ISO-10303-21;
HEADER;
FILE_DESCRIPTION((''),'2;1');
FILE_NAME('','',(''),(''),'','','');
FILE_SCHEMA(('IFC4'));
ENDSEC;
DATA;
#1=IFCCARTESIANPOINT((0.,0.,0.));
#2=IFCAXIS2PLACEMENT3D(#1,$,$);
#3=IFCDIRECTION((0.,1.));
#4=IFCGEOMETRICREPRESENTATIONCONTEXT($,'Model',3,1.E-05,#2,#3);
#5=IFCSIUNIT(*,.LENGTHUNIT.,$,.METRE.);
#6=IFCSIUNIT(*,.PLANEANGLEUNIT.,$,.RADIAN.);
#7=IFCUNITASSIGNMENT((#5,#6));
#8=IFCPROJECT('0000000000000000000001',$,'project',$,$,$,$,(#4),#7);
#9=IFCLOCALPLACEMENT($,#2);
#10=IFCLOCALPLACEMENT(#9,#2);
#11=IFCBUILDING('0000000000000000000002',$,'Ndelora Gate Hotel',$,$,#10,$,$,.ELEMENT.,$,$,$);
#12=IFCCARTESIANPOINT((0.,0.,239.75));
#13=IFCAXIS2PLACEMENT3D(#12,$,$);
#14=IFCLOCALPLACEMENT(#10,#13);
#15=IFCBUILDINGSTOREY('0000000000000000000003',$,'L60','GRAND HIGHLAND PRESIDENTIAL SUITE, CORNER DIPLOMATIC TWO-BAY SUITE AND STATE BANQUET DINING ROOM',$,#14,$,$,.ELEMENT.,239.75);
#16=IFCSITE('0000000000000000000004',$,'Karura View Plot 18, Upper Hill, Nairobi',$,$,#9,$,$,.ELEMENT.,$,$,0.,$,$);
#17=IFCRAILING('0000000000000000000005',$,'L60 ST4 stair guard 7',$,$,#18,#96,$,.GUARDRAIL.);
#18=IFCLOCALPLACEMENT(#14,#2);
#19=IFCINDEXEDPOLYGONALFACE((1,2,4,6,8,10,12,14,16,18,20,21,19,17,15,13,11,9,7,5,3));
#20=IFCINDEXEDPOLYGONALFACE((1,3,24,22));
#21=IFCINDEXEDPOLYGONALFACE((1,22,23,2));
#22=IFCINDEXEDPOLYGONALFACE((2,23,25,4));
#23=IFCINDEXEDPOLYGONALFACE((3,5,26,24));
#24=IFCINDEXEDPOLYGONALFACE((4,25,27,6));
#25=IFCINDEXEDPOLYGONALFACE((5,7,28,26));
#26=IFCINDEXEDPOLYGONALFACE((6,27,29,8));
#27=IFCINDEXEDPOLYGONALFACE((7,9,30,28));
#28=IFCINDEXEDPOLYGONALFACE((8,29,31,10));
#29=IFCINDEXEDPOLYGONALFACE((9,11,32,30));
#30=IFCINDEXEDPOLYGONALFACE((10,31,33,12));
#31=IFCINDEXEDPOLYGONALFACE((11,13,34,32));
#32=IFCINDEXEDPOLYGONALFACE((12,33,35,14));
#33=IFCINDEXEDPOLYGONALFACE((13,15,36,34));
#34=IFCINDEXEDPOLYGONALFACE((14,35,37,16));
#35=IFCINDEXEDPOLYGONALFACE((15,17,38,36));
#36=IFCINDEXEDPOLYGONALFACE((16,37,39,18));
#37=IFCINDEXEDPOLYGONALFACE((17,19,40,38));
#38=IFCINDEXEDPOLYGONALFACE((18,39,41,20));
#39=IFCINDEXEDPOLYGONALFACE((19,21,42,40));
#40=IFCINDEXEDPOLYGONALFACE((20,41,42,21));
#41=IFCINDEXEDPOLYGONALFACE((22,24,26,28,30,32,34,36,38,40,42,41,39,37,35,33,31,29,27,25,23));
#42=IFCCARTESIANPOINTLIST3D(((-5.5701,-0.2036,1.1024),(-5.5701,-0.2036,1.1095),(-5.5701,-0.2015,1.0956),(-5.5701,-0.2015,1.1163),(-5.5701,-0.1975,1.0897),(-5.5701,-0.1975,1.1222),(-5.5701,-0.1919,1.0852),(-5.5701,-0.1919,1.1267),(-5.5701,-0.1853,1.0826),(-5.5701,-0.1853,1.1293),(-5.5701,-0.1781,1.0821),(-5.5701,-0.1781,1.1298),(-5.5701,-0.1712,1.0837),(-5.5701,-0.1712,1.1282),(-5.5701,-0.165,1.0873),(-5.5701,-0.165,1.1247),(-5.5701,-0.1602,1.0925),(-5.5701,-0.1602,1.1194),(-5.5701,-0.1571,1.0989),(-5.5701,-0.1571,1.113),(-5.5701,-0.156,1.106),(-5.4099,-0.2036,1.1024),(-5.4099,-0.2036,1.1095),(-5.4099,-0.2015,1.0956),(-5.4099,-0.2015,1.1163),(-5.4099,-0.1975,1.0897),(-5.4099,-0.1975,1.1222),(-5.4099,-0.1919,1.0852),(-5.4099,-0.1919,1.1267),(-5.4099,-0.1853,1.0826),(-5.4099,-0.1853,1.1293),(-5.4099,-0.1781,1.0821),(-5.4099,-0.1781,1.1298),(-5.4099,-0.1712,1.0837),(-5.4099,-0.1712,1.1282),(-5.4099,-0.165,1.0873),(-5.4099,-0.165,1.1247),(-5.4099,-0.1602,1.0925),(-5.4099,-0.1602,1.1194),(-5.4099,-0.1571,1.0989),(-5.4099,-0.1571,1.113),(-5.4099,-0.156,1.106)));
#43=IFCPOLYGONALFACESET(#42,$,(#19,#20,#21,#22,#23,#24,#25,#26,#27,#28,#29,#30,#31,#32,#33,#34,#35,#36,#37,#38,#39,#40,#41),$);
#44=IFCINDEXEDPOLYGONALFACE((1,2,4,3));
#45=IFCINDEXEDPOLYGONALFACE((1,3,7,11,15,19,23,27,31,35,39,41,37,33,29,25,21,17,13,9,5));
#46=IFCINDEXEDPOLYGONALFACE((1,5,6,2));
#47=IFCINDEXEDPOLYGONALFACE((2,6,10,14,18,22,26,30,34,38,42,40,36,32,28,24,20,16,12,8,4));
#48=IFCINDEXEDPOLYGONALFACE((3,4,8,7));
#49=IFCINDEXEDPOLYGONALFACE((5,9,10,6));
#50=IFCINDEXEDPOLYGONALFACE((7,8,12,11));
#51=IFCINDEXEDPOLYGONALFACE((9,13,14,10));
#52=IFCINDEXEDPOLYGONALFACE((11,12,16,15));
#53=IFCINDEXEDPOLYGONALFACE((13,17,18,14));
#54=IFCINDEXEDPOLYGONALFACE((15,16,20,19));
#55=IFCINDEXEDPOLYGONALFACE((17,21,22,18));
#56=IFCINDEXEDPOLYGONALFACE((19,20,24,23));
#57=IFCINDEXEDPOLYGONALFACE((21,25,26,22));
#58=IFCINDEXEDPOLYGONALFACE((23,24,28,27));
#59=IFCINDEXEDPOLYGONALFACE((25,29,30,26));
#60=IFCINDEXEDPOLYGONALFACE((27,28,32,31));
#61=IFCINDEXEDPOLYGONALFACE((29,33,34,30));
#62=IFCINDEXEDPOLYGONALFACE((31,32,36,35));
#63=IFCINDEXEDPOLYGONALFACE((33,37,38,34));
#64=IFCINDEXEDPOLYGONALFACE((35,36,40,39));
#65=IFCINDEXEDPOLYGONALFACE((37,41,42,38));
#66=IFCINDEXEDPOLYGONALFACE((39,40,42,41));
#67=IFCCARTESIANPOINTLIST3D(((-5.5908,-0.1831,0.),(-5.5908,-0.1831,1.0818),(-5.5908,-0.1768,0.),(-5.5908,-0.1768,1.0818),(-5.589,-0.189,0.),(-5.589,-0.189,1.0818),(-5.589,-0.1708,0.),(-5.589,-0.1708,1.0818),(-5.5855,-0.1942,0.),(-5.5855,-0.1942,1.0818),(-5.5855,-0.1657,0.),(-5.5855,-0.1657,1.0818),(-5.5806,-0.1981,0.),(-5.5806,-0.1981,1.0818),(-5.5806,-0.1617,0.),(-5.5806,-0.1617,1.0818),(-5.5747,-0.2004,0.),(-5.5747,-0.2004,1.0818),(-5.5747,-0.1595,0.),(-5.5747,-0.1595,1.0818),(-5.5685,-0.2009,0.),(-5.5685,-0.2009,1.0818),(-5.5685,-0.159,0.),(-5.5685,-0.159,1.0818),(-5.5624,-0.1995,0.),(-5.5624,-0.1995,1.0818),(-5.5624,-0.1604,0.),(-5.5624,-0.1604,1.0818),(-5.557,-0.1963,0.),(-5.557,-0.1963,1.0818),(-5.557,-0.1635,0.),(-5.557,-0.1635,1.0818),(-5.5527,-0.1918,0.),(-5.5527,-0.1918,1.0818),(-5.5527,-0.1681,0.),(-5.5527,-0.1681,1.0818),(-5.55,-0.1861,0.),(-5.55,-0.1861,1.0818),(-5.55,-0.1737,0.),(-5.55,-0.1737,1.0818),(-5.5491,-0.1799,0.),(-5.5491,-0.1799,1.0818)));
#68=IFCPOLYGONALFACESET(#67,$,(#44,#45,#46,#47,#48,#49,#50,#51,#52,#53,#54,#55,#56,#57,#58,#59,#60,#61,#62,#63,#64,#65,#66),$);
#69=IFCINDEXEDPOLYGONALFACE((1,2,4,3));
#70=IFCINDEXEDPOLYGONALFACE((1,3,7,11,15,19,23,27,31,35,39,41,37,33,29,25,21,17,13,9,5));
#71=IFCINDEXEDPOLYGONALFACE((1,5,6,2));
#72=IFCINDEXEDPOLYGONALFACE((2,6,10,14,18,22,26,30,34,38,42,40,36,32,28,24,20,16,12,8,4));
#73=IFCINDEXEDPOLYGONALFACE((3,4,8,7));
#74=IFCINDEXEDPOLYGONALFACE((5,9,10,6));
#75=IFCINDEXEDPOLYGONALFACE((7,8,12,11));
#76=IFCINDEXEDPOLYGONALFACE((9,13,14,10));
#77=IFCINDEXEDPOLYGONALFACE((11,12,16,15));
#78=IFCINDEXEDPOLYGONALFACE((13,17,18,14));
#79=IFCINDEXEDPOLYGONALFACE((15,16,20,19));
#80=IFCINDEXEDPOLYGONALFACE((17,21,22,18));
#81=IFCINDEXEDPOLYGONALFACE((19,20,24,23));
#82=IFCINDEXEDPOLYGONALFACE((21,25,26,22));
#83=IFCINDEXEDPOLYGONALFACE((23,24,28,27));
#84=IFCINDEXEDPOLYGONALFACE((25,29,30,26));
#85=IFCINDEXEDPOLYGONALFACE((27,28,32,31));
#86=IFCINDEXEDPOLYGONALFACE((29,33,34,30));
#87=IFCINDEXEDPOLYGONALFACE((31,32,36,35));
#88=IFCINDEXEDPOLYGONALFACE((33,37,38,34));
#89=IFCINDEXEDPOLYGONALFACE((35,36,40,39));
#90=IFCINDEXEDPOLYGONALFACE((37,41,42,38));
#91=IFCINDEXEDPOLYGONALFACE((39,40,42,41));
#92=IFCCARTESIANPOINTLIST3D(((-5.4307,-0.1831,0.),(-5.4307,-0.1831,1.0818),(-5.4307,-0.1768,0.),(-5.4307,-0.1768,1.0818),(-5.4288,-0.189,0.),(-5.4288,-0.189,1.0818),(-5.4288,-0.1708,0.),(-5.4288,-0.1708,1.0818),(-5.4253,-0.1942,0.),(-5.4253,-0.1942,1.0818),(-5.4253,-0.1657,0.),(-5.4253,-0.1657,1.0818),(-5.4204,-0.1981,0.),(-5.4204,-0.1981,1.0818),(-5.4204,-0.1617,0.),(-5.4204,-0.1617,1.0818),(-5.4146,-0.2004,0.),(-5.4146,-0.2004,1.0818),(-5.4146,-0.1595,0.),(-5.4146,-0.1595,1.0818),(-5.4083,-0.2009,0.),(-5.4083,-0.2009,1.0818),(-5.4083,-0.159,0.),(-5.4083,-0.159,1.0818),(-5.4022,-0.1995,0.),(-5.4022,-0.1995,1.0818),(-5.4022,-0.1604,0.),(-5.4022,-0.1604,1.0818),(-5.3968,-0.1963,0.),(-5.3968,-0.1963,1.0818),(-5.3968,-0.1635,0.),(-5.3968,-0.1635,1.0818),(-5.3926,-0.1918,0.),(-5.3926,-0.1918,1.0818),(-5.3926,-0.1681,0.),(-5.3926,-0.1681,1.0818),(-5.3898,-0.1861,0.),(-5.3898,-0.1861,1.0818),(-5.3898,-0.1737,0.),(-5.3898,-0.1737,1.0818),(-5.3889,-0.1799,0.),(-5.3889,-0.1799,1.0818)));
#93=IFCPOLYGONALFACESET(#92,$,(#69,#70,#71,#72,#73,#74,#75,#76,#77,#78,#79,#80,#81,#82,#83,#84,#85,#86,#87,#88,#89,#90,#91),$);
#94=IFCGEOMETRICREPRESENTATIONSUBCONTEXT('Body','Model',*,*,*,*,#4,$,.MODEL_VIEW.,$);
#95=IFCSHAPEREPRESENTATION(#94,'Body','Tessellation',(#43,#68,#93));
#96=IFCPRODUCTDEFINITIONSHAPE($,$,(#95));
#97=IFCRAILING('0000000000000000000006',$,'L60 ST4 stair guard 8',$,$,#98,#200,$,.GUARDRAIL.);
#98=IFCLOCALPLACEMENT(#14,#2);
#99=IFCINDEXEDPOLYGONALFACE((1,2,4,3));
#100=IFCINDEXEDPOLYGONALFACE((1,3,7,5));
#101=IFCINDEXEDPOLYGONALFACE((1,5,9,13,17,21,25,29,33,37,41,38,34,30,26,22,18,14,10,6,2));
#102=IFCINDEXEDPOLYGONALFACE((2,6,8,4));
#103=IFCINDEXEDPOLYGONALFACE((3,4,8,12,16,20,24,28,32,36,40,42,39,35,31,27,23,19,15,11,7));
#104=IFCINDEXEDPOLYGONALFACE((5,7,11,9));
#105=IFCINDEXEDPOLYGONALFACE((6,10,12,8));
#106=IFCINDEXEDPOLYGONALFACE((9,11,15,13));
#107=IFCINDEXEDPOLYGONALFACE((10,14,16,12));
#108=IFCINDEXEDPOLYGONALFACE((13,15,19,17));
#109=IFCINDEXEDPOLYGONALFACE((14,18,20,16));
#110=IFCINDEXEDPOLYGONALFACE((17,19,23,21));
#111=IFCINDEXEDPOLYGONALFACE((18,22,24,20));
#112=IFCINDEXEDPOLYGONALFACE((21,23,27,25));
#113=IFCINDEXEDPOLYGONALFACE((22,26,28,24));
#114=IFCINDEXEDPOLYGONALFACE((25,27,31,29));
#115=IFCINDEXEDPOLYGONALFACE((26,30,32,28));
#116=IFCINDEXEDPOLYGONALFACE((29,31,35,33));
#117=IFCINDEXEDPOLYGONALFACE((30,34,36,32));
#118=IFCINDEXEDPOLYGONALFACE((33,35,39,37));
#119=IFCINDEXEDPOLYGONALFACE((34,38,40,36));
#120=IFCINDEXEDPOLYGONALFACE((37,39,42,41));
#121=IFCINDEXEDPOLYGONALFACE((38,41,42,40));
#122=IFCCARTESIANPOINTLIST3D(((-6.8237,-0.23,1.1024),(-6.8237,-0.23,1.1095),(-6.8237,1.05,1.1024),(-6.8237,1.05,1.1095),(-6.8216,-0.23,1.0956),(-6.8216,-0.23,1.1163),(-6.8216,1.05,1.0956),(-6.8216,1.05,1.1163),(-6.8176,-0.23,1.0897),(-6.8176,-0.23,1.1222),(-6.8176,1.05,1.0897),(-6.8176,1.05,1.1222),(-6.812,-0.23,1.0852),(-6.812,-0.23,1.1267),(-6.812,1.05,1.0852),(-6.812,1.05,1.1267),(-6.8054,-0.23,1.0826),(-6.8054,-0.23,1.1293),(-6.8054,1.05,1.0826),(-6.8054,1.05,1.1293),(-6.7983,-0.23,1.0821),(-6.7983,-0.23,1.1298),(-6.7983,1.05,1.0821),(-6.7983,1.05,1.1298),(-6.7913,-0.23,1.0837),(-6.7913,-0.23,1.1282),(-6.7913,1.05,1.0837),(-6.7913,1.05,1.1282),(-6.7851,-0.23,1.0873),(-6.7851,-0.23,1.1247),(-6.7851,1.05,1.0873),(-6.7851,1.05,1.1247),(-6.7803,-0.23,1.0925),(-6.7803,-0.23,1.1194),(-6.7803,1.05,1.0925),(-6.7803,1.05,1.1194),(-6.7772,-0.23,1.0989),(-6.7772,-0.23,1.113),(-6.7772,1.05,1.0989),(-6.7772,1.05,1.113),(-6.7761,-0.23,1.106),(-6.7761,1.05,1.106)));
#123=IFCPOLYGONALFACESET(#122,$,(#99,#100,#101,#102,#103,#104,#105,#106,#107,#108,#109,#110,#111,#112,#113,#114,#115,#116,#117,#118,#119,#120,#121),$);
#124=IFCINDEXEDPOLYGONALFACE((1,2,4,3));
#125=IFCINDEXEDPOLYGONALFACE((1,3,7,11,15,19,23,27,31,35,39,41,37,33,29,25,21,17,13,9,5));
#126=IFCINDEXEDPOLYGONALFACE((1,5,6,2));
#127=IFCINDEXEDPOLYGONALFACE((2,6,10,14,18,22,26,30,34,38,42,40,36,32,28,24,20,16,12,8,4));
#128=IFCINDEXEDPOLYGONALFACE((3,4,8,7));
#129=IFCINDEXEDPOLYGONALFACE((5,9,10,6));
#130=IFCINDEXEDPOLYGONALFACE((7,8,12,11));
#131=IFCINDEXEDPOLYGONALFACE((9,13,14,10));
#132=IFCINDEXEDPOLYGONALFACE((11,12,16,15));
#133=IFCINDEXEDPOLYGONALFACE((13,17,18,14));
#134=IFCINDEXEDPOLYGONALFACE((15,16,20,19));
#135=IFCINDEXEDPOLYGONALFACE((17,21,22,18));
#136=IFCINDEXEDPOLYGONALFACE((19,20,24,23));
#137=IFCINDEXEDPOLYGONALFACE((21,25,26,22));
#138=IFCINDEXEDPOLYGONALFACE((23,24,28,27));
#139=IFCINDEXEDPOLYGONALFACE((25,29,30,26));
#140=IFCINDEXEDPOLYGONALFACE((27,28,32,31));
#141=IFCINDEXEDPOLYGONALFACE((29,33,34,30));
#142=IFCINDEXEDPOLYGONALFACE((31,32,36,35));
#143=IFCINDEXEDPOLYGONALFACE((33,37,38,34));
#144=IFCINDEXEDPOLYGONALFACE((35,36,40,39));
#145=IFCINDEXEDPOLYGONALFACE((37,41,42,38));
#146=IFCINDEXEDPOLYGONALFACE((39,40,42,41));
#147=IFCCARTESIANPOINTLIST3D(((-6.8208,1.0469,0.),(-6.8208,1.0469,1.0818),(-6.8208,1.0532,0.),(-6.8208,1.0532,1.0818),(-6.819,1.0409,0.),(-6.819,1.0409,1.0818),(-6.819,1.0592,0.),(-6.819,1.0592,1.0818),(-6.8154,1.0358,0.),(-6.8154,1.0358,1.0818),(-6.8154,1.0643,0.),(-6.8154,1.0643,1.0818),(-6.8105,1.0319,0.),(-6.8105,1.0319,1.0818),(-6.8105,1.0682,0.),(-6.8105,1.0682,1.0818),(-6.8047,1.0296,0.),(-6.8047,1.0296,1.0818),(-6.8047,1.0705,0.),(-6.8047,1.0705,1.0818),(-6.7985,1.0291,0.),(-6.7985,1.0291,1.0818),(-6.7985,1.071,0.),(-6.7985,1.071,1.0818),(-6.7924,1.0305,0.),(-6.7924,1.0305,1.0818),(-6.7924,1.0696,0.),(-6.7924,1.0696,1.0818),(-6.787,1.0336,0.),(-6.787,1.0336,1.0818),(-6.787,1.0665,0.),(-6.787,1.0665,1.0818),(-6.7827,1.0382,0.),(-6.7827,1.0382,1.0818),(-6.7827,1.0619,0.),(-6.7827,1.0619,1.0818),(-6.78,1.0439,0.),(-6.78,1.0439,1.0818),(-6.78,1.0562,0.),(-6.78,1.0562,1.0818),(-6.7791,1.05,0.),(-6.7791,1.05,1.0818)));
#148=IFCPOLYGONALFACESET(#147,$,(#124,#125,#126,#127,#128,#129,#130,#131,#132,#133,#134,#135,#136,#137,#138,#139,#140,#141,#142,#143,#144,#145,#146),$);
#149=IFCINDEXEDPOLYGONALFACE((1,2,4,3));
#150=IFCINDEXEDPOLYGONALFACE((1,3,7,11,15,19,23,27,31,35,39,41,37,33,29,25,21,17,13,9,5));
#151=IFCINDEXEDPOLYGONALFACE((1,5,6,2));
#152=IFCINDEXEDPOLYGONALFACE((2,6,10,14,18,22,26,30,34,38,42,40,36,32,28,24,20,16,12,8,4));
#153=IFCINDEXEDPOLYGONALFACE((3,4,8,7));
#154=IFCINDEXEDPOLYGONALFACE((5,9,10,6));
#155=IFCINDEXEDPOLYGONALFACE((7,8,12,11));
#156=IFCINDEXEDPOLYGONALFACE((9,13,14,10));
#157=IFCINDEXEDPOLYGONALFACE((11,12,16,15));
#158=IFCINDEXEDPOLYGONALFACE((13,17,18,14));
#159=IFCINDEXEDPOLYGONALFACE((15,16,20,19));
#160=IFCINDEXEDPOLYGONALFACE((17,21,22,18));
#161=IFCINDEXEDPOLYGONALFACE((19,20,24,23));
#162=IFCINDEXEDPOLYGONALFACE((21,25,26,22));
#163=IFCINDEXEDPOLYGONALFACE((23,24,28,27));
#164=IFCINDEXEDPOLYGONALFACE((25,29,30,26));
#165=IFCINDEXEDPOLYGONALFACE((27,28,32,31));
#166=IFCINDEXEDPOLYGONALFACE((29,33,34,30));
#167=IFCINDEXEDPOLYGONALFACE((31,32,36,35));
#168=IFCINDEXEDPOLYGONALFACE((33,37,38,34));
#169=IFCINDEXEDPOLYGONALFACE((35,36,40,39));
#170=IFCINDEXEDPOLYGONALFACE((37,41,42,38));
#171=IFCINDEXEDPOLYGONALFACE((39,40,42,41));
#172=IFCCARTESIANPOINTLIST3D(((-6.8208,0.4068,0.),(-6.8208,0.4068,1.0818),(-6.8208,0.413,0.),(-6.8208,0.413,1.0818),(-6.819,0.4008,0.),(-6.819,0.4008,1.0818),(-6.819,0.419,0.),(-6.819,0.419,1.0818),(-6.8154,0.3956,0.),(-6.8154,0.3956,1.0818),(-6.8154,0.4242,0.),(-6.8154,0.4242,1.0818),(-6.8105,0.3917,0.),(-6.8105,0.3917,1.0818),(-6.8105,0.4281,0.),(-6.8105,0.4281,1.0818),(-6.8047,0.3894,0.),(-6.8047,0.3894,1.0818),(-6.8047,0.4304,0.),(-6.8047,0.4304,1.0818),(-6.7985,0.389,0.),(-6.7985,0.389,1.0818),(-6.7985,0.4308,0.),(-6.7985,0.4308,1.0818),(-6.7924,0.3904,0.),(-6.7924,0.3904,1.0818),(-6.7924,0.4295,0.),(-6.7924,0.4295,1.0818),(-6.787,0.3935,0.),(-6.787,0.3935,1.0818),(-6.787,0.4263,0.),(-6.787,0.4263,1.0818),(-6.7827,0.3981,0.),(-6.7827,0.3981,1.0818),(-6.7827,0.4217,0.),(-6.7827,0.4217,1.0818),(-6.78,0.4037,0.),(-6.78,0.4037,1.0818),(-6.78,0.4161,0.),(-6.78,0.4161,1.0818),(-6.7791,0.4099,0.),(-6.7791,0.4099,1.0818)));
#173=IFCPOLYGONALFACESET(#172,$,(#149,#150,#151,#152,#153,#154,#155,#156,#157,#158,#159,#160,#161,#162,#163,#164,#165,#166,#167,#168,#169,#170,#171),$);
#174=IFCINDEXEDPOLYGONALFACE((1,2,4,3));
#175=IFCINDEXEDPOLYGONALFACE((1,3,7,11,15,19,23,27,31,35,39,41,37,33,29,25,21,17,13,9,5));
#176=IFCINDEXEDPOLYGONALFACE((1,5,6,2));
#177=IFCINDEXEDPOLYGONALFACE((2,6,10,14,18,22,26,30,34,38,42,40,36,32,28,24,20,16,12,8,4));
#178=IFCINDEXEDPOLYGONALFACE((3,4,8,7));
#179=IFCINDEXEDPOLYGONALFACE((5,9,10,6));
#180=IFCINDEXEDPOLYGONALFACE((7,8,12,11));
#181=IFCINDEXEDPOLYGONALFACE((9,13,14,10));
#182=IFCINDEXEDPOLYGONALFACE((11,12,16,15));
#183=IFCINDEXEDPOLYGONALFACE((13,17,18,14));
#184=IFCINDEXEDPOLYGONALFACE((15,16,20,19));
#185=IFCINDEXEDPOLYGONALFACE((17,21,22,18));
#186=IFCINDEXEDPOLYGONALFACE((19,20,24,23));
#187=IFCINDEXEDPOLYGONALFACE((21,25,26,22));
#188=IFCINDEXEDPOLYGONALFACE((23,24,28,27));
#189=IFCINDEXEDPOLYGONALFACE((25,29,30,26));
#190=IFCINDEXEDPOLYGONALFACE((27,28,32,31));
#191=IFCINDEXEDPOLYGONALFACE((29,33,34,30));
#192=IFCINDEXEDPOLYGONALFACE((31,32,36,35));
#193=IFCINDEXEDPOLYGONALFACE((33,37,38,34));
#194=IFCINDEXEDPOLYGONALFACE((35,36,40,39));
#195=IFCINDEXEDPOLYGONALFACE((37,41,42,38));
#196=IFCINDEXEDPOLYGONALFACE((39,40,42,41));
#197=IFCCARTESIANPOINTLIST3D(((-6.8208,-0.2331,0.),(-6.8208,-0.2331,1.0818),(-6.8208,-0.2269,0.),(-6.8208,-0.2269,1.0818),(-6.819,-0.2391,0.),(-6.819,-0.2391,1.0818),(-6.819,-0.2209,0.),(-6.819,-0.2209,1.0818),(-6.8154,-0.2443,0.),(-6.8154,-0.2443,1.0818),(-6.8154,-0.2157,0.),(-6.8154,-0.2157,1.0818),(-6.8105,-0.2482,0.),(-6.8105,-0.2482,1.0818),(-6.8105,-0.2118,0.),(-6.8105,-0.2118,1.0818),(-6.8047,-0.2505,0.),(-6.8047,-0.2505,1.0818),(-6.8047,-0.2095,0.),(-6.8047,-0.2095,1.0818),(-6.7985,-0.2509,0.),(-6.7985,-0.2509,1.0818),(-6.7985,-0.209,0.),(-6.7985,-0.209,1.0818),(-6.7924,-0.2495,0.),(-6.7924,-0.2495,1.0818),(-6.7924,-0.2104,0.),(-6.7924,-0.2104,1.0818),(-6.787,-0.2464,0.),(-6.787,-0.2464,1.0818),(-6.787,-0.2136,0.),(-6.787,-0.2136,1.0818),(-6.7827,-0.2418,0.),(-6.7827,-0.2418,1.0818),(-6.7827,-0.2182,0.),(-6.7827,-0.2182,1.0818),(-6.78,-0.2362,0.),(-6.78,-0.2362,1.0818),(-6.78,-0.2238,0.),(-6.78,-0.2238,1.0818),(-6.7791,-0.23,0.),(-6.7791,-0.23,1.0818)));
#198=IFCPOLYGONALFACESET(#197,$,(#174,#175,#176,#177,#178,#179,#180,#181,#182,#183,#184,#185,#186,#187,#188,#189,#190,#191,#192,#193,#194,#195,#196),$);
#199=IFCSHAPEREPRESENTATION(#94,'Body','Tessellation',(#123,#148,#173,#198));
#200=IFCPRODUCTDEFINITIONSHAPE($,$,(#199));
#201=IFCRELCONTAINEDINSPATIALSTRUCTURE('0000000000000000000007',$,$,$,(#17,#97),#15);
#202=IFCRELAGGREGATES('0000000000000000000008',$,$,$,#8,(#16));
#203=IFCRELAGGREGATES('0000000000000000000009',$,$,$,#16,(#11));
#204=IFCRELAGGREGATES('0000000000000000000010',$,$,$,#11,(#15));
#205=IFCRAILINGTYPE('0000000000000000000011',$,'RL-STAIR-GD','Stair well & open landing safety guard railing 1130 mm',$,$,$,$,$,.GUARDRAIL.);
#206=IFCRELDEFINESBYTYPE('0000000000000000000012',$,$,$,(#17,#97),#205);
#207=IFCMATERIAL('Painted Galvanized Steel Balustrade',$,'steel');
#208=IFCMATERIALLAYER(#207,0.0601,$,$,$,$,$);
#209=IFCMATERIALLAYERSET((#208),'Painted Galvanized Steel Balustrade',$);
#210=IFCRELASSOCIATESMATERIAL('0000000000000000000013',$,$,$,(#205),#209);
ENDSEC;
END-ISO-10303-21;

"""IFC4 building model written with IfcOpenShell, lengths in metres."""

from ifc_helpers import new_model, si_unit, direction, frame, origin, origin_2d, place, context, subcontext, project, spatial, circle, extrude, material, layer, layer_set, type_object, element, save


model = new_model("IFC4")

# Units and contexts
model_context = context("Model", 3, precision=1e-05, world=origin(), true_north=direction((0.0, 1.0)))
body_context = subcontext(model_context, "Body", "Model", "MODEL_VIEW")
ifc_project = project(units=[si_unit("LENGTHUNIT", "METRE"), si_unit("PLANEANGLEUNIT", "RADIAN")], contexts=[model_context])

# Site, building, storey
site_placement = place(None, origin())
site = spatial("IfcSite", under=ifc_project, at=site_placement, Name="Karura View Plot 18, Upper Hill, Nairobi", CompositionType="ELEMENT", RefElevation=0.0)
building_placement = place(site_placement, origin())
building = spatial("IfcBuilding", under=site, at=building_placement, Name="Ndelora Gate Hotel", CompositionType="ELEMENT")
storey_placement = place(building_placement, frame((0.0, 0.0, 239.75)))
storey = spatial("IfcBuildingStorey", under=building, at=storey_placement, Name="L60", Description="GRAND HIGHLAND PRESIDENTIAL SUITE, CORNER DIPLOMATIC TWO-BAY SUITE AND STATE BANQUET DINING ROOM", CompositionType="ELEMENT", Elevation=239.75)

# Railings
ifc_material_1 = material(Name="Painted Galvanized Steel Balustrade", Category="steel")
ifc_layer_1 = layer(ifc_material_1, 0.0601)
ifc_layer_set_1 = layer_set([ifc_layer_1], Name="Painted Galvanized Steel Balustrade")
railing_type = type_object("IfcRailingType", Name="RL-STAIR-GD", Description="Stair well & open landing safety guard railing 1130 mm", PredefinedType="GUARDRAIL", material=ifc_layer_set_1)
railing_1_placement = place(storey_placement, frame((-5.5701, -0.1799, 0.0)))
element("IfcRailing", 1, at=railing_1_placement, inside=storey, type_object=railing_type, Name="L60 ST4 stair guard 7", PredefinedType="GUARDRAIL", context=body_context, shape_type="SweptSolid", body=[
    extrude(circle(Radius=0.0239, at=origin_2d()), frame((0.0, 0.0, 1.106), z_axis=(1.0, 0.0, 0.0), x_axis=(0.0, 1.0, 0.0)), (0.0, 0.0, 1.0), 0.1602),
    extrude(circle(Radius=0.021, at=origin_2d()), origin(), (0.0, 0.0, 1.0), 1.0818),
    extrude(circle(Radius=0.021, at=origin_2d()), frame((0.1602, 0.0, 0.0)), (0.0, 0.0, 1.0), 1.0818),
])
for number, where, name in (
    (2, (-6.8, 1.05, 0.0), "L60 ST4 stair guard 8"),
):
    element("IfcRailing", number, at=place(storey_placement, frame(where)), inside=storey, type_object=railing_type, Name=name, PredefinedType="GUARDRAIL", context=body_context, shape_type="SweptSolid", body=[
        extrude(circle(Radius=0.0239, at=origin_2d()), frame((0.0, 0.0, 1.106), z_axis=(0.0, -1.0, 0.0), x_axis=(1.0, 0.0, 0.0)), (0.0, 0.0, 1.0), 1.28),
        extrude(circle(Radius=0.021, at=origin_2d()), origin(), (0.0, 0.0, 1.0), 1.0818),
        extrude(circle(Radius=0.021, at=origin_2d()), frame((0.0, -0.6401, 0.0)), (0.0, 0.0, 1.0), 1.0818),
        extrude(circle(Radius=0.021, at=origin_2d()), frame((0.0, -1.28, 0.0)), (0.0, 0.0, 1.0), 1.0818),
    ])

save(model, "model.ifc")
